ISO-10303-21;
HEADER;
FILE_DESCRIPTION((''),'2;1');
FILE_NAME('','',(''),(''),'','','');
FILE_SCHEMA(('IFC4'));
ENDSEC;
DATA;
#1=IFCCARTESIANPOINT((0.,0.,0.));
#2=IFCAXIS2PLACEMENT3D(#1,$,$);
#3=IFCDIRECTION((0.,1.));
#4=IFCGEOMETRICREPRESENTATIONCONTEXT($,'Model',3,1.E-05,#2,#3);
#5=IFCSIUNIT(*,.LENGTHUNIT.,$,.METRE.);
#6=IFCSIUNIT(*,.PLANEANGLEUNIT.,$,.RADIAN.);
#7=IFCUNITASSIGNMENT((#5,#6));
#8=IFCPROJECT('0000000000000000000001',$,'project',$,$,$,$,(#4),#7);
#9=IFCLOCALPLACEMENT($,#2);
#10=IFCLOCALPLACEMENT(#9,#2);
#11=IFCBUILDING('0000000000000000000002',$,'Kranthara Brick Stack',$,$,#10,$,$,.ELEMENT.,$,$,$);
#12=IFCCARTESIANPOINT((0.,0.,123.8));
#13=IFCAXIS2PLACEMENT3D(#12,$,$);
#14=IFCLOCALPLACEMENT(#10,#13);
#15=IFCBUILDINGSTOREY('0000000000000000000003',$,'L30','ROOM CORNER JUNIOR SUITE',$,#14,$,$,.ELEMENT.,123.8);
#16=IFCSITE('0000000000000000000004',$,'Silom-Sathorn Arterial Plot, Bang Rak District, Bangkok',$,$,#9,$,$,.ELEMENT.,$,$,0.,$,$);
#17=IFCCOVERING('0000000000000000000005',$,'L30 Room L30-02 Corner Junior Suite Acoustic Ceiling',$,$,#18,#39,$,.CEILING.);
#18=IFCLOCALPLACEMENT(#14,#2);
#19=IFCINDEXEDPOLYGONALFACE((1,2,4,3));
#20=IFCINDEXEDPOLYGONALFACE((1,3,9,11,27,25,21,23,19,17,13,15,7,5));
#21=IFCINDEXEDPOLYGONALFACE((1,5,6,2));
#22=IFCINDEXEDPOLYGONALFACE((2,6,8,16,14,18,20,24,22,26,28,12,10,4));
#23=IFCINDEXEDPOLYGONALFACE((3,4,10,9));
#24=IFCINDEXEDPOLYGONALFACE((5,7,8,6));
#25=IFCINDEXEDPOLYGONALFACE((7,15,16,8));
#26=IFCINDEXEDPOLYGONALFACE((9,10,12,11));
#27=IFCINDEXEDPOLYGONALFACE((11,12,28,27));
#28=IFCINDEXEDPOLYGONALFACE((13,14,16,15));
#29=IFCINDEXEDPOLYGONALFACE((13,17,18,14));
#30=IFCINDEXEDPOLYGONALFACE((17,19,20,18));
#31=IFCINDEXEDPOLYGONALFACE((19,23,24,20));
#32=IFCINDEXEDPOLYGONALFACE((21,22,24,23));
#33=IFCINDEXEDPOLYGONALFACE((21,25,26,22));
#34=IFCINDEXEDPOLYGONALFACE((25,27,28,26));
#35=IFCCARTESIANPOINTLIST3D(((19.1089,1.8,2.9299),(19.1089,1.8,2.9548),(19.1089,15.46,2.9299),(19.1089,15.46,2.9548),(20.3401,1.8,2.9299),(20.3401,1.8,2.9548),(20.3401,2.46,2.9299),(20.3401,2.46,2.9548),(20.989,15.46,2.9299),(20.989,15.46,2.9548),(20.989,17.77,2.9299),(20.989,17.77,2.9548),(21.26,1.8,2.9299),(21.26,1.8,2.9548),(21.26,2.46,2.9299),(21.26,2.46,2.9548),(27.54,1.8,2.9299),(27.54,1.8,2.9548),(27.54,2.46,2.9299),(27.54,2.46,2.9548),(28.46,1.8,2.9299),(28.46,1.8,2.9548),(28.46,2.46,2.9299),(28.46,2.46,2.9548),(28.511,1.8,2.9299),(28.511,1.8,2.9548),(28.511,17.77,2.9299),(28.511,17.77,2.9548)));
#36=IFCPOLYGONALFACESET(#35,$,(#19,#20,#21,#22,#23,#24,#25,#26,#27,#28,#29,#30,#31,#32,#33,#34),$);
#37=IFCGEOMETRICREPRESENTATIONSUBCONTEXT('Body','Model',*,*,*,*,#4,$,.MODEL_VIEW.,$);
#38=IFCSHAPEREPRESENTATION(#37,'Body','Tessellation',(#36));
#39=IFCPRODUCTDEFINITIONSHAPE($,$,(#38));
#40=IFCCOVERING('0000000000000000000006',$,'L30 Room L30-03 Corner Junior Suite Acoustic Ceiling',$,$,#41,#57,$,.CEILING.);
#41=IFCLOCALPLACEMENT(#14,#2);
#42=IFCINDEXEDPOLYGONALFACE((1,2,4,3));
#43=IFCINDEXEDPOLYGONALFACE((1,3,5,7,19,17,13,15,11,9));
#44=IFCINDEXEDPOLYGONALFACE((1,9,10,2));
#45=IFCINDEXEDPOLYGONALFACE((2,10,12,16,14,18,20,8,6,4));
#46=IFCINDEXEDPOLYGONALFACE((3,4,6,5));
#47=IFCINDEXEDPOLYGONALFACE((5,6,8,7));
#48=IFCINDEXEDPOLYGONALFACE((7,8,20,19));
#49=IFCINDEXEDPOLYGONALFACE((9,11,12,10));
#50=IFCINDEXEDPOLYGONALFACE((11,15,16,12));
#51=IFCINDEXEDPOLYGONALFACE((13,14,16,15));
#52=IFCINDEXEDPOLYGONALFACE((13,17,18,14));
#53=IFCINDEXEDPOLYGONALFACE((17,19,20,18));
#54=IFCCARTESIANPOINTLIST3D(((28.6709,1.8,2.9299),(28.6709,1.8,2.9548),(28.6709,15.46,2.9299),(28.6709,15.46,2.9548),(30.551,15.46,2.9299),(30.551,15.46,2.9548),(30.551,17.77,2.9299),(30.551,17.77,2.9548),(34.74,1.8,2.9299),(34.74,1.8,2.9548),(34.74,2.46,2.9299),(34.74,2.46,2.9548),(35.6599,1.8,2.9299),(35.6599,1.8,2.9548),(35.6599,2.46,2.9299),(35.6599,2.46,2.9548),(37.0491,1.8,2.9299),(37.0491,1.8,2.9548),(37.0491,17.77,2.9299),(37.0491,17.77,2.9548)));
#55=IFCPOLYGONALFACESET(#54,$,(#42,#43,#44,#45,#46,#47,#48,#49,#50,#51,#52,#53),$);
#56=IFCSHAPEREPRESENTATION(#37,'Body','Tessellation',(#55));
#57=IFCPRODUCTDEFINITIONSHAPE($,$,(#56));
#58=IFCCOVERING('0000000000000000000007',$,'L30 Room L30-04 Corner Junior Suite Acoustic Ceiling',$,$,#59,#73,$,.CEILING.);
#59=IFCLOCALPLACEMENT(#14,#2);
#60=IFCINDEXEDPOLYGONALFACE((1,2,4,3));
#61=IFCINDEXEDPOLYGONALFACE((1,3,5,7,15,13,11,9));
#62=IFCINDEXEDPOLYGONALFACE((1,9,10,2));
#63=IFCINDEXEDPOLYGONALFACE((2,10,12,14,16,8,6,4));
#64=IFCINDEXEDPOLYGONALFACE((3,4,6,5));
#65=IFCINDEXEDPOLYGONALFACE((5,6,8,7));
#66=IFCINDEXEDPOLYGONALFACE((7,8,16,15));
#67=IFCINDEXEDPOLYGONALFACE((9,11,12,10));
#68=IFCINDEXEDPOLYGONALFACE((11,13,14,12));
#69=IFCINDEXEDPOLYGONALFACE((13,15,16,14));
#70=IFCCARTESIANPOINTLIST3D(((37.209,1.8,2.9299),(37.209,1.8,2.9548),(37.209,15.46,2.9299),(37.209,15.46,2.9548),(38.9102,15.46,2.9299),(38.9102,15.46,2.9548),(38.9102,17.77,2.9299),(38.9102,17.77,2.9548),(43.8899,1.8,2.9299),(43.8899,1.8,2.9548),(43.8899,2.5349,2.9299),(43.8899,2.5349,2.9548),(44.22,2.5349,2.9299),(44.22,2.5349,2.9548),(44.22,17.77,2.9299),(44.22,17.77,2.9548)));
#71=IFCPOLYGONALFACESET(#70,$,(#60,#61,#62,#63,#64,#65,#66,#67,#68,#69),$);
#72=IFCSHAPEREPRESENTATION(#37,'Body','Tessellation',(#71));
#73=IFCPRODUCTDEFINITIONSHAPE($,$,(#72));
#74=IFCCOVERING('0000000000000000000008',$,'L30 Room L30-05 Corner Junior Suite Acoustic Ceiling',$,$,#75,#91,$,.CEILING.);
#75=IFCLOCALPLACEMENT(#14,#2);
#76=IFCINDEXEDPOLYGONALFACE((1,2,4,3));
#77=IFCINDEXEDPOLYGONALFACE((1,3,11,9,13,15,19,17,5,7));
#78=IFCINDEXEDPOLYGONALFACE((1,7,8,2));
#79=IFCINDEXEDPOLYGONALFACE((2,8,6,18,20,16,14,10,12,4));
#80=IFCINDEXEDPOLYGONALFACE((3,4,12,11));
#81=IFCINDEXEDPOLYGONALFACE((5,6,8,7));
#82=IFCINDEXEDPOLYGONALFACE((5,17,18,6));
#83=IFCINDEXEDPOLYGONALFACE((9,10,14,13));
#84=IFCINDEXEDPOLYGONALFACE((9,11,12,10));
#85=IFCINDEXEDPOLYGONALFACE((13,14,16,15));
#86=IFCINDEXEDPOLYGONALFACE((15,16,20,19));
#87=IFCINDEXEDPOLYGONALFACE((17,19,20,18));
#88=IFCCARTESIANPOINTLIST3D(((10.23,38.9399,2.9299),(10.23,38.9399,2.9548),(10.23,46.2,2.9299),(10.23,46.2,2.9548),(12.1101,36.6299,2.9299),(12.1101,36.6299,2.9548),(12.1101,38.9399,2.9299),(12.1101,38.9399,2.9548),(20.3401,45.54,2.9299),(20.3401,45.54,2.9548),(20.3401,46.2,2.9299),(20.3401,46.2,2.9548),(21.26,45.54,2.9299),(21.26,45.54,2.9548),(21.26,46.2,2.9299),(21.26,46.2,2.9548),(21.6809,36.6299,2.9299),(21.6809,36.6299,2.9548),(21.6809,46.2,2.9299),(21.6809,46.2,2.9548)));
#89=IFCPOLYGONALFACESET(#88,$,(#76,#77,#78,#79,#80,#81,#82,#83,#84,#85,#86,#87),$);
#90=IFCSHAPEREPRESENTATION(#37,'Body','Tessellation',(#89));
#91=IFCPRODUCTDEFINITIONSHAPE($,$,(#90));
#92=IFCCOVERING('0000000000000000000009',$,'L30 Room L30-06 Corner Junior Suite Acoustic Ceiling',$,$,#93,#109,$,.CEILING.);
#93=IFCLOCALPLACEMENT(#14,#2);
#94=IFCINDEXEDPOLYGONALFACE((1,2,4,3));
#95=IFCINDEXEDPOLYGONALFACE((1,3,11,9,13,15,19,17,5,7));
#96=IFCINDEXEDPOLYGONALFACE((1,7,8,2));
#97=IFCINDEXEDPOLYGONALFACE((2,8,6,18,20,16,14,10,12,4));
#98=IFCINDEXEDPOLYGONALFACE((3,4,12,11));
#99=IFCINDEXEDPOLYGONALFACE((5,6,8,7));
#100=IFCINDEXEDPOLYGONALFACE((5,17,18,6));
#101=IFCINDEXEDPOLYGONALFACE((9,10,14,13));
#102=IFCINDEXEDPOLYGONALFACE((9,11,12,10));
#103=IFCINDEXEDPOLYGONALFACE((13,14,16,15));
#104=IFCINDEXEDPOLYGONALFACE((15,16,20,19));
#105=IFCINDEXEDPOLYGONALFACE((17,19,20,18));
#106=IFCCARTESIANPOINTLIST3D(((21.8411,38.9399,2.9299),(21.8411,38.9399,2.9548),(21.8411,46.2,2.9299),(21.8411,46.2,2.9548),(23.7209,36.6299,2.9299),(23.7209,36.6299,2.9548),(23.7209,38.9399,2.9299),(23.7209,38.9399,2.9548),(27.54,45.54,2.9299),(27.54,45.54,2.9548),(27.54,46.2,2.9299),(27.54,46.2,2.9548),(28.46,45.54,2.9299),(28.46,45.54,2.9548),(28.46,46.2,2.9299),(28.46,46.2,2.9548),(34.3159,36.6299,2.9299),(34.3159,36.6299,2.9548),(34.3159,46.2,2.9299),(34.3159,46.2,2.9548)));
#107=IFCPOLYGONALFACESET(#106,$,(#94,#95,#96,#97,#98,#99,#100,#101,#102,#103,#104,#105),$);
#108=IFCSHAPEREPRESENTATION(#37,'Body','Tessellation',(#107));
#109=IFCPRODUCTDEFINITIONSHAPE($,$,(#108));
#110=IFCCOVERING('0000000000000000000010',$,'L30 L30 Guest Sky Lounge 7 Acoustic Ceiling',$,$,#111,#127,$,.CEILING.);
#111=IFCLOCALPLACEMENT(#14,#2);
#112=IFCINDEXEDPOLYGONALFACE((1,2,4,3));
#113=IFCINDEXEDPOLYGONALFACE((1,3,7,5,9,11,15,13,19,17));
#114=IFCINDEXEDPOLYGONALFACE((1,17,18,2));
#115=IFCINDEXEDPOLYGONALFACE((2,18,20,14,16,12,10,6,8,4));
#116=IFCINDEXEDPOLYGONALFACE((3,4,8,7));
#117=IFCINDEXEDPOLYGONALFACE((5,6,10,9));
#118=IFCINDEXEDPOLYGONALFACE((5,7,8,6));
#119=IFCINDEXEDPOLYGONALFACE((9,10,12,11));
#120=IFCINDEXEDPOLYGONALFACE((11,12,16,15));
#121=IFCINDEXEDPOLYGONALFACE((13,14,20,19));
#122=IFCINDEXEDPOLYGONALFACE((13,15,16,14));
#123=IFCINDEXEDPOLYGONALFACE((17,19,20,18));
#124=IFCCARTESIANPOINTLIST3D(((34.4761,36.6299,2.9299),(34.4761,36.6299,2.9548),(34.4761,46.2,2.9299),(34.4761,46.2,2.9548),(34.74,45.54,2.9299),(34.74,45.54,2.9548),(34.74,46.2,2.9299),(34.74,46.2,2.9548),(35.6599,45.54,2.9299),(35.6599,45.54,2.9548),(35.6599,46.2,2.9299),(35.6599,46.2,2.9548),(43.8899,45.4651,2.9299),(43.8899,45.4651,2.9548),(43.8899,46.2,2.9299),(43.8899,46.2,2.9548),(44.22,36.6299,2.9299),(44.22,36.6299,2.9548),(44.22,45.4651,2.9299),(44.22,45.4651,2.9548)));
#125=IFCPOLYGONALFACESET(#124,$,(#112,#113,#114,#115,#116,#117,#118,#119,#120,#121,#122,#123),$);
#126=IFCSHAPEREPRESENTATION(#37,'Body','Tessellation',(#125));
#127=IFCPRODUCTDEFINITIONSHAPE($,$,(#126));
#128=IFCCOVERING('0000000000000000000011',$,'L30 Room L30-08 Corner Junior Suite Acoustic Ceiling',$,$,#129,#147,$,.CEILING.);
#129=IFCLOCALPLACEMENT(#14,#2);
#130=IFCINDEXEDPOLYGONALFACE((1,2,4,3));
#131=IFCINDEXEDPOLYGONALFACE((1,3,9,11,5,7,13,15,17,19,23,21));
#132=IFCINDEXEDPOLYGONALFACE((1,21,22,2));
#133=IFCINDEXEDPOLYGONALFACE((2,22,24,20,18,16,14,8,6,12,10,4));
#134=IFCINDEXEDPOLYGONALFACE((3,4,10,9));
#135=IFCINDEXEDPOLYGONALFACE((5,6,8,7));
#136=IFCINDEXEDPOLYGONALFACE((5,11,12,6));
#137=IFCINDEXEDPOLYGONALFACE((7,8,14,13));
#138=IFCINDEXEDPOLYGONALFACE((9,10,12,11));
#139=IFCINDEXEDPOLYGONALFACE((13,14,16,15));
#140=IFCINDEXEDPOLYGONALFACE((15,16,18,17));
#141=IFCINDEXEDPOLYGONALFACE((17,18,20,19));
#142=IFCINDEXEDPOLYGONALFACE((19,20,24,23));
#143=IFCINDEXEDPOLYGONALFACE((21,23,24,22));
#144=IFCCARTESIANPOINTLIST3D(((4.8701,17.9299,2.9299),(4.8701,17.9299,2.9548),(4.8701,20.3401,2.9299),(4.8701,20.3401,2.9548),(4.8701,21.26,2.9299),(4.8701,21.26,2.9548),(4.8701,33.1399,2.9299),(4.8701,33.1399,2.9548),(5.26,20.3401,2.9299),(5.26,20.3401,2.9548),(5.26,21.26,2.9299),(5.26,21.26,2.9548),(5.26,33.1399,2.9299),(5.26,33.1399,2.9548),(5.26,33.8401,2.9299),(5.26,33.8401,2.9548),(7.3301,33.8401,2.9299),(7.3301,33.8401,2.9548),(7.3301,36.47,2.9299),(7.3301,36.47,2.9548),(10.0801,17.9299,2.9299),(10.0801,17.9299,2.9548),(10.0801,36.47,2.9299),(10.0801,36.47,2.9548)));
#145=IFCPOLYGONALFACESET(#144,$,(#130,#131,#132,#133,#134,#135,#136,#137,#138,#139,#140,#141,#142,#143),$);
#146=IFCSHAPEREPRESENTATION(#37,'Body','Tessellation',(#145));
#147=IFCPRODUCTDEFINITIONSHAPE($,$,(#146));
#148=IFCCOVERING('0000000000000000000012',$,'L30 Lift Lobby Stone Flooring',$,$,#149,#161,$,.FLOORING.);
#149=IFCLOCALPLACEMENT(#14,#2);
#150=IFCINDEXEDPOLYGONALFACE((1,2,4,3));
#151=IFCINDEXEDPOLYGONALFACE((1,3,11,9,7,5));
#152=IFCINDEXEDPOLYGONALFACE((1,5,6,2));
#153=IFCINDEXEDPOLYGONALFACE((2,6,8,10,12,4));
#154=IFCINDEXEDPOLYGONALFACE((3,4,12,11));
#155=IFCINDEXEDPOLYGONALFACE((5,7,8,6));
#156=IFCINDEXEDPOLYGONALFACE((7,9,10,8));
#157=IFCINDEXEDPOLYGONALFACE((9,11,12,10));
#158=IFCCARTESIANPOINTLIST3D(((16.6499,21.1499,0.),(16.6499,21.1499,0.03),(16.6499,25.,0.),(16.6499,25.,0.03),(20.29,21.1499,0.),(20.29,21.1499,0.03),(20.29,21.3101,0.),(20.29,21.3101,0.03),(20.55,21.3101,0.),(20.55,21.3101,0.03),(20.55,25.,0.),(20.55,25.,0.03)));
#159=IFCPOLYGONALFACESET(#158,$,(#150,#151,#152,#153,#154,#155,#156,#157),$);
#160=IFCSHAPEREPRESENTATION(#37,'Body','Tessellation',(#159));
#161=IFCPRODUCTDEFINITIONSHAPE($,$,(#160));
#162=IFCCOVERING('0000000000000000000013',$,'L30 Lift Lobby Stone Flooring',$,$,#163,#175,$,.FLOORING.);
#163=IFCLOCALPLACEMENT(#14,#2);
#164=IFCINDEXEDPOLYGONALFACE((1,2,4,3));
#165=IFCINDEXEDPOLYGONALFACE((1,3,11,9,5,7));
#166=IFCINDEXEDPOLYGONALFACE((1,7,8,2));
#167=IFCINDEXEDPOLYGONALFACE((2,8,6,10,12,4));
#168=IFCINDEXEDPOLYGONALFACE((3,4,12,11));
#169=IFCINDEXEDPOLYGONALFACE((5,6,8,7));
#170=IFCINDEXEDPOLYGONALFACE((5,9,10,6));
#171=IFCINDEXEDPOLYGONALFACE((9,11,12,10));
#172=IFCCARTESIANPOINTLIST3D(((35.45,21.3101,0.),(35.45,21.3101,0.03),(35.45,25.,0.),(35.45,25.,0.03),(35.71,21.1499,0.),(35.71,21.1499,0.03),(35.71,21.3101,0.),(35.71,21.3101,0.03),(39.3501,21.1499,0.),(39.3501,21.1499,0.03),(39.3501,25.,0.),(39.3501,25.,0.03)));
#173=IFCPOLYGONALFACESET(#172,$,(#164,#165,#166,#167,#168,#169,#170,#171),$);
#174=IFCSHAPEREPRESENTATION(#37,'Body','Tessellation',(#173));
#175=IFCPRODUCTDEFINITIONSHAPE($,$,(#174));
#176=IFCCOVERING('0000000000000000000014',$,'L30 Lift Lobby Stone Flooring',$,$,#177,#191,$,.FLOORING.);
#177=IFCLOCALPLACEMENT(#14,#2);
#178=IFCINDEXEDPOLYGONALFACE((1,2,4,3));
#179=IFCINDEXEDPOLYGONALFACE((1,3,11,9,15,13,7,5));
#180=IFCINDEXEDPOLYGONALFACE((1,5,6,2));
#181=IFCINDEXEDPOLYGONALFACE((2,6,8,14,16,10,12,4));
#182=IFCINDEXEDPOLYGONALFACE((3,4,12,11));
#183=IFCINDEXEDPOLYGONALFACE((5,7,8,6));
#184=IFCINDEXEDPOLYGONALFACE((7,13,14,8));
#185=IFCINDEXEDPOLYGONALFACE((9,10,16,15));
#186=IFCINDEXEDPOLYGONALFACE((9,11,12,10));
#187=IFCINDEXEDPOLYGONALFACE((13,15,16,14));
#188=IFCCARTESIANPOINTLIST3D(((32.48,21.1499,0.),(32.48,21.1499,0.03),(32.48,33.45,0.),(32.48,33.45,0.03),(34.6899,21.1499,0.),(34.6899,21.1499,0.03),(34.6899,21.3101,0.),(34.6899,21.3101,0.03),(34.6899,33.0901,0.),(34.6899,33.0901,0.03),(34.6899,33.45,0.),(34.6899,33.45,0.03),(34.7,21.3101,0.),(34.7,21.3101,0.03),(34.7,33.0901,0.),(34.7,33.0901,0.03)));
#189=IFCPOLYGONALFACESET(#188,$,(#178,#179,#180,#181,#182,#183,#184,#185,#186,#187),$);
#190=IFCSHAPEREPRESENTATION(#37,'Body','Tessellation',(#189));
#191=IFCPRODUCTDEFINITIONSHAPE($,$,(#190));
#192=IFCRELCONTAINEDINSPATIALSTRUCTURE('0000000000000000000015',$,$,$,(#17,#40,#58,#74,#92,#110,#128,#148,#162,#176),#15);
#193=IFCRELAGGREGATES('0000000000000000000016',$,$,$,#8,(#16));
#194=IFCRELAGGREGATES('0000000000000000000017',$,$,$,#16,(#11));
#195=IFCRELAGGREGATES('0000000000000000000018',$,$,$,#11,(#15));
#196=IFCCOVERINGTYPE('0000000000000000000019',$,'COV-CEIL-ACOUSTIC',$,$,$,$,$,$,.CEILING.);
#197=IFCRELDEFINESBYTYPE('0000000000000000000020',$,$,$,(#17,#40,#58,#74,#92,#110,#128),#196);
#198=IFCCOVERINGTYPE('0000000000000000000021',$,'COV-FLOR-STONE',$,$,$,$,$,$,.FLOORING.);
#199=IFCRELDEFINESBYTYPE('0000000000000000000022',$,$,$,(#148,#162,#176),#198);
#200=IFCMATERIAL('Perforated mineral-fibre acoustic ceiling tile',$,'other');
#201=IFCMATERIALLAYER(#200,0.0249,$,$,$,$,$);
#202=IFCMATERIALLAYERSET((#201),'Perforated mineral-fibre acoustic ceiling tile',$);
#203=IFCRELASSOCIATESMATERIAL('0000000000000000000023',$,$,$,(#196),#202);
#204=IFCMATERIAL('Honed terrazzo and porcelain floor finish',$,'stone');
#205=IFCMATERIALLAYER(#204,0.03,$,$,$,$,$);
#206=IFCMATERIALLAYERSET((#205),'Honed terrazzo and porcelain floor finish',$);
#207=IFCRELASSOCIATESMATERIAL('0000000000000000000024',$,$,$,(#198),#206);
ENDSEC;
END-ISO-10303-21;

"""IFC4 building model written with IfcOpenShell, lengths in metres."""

from ifc_helpers import new_model, si_unit, direction, frame, origin, place, context, subcontext, project, spatial, polyline, outline, extrude, material, layer, layer_set, type_object, element, save


model = new_model("IFC4")

# Units and contexts
model_context = context("Model", 3, precision=1e-05, world=origin(), true_north=direction((0.0, 1.0)))
body_context = subcontext(model_context, "Body", "Model", "MODEL_VIEW")
ifc_project = project(units=[si_unit("LENGTHUNIT", "METRE"), si_unit("PLANEANGLEUNIT", "RADIAN")], contexts=[model_context])

# Site, building, storey
site_placement = place(None, origin())
site = spatial("IfcSite", under=ifc_project, at=site_placement, Name="Silom-Sathorn Arterial Plot, Bang Rak District, Bangkok", CompositionType="ELEMENT", RefElevation=0.0)
building_placement = place(site_placement, origin())
building = spatial("IfcBuilding", under=site, at=building_placement, Name="Kranthara Brick Stack", CompositionType="ELEMENT")
storey_placement = place(building_placement, frame((0.0, 0.0, 123.8)))
storey = spatial("IfcBuildingStorey", under=building, at=storey_placement, Name="L30", Description="ROOM CORNER JUNIOR SUITE", CompositionType="ELEMENT", Elevation=123.8)

# Coverings
ifc_material_1 = material(Name="Perforated mineral-fibre acoustic ceiling tile", Category="other")
ifc_layer_1 = layer(ifc_material_1, 0.0249)
ifc_layer_set_1 = layer_set([ifc_layer_1], Name="Perforated mineral-fibre acoustic ceiling tile")
covering_type_1 = type_object("IfcCoveringType", Name="COV-CEIL-ACOUSTIC", PredefinedType="CEILING", material=ifc_layer_set_1)
covering_1_placement = place(storey_placement, frame((0.0, 0.0, 2.9299)))
element("IfcCovering", 1, at=covering_1_placement, inside=storey, type_object=covering_type_1, Name="L30 Room L30-02 Corner Junior Suite Acoustic Ceiling", PredefinedType="CEILING", context=body_context, shape_type="SweptSolid", body=[
    extrude(outline(polyline([(19.1089, 15.46), (20.989, 15.46), (20.989, 17.77), (28.511, 17.77), (28.511, 1.8), (28.46, 1.8), (28.46, 2.46), (27.54, 2.46), (27.54, 1.8), (21.26, 1.8), (21.26, 2.46), (20.3401, 2.46), (20.3401, 1.8), (19.1089, 1.8), (19.1089, 15.46)])), origin(), (0.0, 0.0, 1.0), 0.0249),
])
covering_2_placement = place(storey_placement, frame((0.0, 0.0, 2.9299)))
element("IfcCovering", 2, at=covering_2_placement, inside=storey, type_object=covering_type_1, Name="L30 Room L30-03 Corner Junior Suite Acoustic Ceiling", PredefinedType="CEILING", context=body_context, shape_type="SweptSolid", body=[
    extrude(outline(polyline([(28.6709, 1.8), (28.6709, 15.46), (30.551, 15.46), (30.551, 17.77), (37.0491, 17.77), (37.0491, 1.8), (35.6599, 1.8), (35.6599, 2.46), (34.74, 2.46), (34.74, 1.8), (28.6709, 1.8)])), origin(), (0.0, 0.0, 1.0), 0.0249),
])
covering_3_placement = place(storey_placement, frame((0.0, 0.0, 2.9299)))
element("IfcCovering", 3, at=covering_3_placement, inside=storey, type_object=covering_type_1, Name="L30 Room L30-04 Corner Junior Suite Acoustic Ceiling", PredefinedType="CEILING", context=body_context, shape_type="SweptSolid", body=[
    extrude(outline(polyline([(37.209, 1.8), (37.209, 15.46), (38.9102, 15.46), (38.9102, 17.77), (44.22, 17.77), (44.22, 2.5349), (43.8899, 2.5349), (43.8899, 1.8), (37.209, 1.8)])), origin(), (0.0, 0.0, 1.0), 0.0249),
])
covering_4_placement = place(storey_placement, frame((0.0, 0.0, 2.9299)))
element("IfcCovering", 4, at=covering_4_placement, inside=storey, type_object=covering_type_1, Name="L30 Room L30-05 Corner Junior Suite Acoustic Ceiling", PredefinedType="CEILING", context=body_context, shape_type="SweptSolid", body=[
    extrude(outline(polyline([(21.6809, 46.2), (21.6809, 36.6299), (12.1101, 36.6299), (12.1101, 38.9399), (10.23, 38.9399), (10.23, 46.2), (20.3401, 46.2), (20.3401, 45.54), (21.26, 45.54), (21.26, 46.2), (21.6809, 46.2)])), origin(), (0.0, 0.0, 1.0), 0.0249),
])
covering_5_placement = place(storey_placement, frame((0.0, 0.0, 2.9299)))
element("IfcCovering", 5, at=covering_5_placement, inside=storey, type_object=covering_type_1, Name="L30 Room L30-06 Corner Junior Suite Acoustic Ceiling", PredefinedType="CEILING", context=body_context, shape_type="SweptSolid", body=[
    extrude(outline(polyline([(34.3159, 46.2), (34.3159, 36.6299), (23.7209, 36.6299), (23.7209, 38.9399), (21.8411, 38.9399), (21.8411, 46.2), (27.54, 46.2), (27.54, 45.54), (28.46, 45.54), (28.46, 46.2), (34.3159, 46.2)])), origin(), (0.0, 0.0, 1.0), 0.0249),
])
covering_6_placement = place(storey_placement, frame((0.0, 0.0, 2.9299)))
element("IfcCovering", 6, at=covering_6_placement, inside=storey, type_object=covering_type_1, Name="L30 L30 Guest Sky Lounge 7 Acoustic Ceiling", PredefinedType="CEILING", context=body_context, shape_type="SweptSolid", body=[
    extrude(outline(polyline([(44.22, 36.6299), (34.4761, 36.6299), (34.4761, 46.2), (34.74, 46.2), (34.74, 45.54), (35.6599, 45.54), (35.6599, 46.2), (43.8899, 46.2), (43.8899, 45.4651), (44.22, 45.4651), (44.22, 36.6299)])), origin(), (0.0, 0.0, 1.0), 0.0249),
])
covering_7_placement = place(storey_placement, frame((0.0, 0.0, 2.9299)))
element("IfcCovering", 7, at=covering_7_placement, inside=storey, type_object=covering_type_1, Name="L30 Room L30-08 Corner Junior Suite Acoustic Ceiling", PredefinedType="CEILING", context=body_context, shape_type="SweptSolid", body=[
    extrude(outline(polyline([(7.3301, 33.8401), (7.3301, 36.47), (10.0801, 36.47), (10.0801, 17.9299), (4.8701, 17.9299), (4.8701, 20.3401), (5.26, 20.3401), (5.26, 21.26), (4.8701, 21.26), (4.8701, 33.1399), (5.26, 33.1399), (5.26, 33.8401), (7.3301, 33.8401)])), origin(), (0.0, 0.0, 1.0), 0.0249),
])
ifc_material_2 = material(Name="Honed terrazzo and porcelain floor finish", Category="stone")
ifc_layer_2 = layer(ifc_material_2, 0.03)
ifc_layer_set_2 = layer_set([ifc_layer_2], Name="Honed terrazzo and porcelain floor finish")
covering_type_2 = type_object("IfcCoveringType", Name="COV-FLOR-STONE", PredefinedType="FLOORING", material=ifc_layer_set_2)
covering_8_placement = place(storey_placement, origin())
element("IfcCovering", 8, at=covering_8_placement, inside=storey, type_object=covering_type_2, Name="L30 Lift Lobby Stone Flooring", PredefinedType="FLOORING", context=body_context, shape_type="SweptSolid", body=[
    extrude(outline(polyline([(16.6499, 21.1499), (16.6499, 25.0), (20.55, 25.0), (20.55, 21.3101), (20.29, 21.3101), (20.29, 21.1499), (16.6499, 21.1499)])), origin(), (0.0, 0.0, 1.0), 0.03),
])
covering_9_placement = place(storey_placement, origin())
element("IfcCovering", 9, at=covering_9_placement, inside=storey, type_object=covering_type_2, Name="L30 Lift Lobby Stone Flooring", PredefinedType="FLOORING", context=body_context, shape_type="SweptSolid", body=[
    extrude(outline(polyline([(35.45, 25.0), (39.3501, 25.0), (39.3501, 21.1499), (35.71, 21.1499), (35.71, 21.3101), (35.45, 21.3101), (35.45, 25.0)])), origin(), (0.0, 0.0, 1.0), 0.03),
])
covering_10_placement = place(storey_placement, origin())
element("IfcCovering", 10, at=covering_10_placement, inside=storey, type_object=covering_type_2, Name="L30 Lift Lobby Stone Flooring", PredefinedType="FLOORING", context=body_context, shape_type="SweptSolid", body=[
    extrude(outline(polyline([(32.48, 33.45), (34.6899, 33.45), (34.6899, 33.0901), (34.7, 33.0901), (34.7, 21.3101), (34.6899, 21.3101), (34.6899, 21.1499), (32.48, 21.1499), (32.48, 33.45)])), origin(), (0.0, 0.0, 1.0), 0.03),
])

save(model, "model.ifc")
